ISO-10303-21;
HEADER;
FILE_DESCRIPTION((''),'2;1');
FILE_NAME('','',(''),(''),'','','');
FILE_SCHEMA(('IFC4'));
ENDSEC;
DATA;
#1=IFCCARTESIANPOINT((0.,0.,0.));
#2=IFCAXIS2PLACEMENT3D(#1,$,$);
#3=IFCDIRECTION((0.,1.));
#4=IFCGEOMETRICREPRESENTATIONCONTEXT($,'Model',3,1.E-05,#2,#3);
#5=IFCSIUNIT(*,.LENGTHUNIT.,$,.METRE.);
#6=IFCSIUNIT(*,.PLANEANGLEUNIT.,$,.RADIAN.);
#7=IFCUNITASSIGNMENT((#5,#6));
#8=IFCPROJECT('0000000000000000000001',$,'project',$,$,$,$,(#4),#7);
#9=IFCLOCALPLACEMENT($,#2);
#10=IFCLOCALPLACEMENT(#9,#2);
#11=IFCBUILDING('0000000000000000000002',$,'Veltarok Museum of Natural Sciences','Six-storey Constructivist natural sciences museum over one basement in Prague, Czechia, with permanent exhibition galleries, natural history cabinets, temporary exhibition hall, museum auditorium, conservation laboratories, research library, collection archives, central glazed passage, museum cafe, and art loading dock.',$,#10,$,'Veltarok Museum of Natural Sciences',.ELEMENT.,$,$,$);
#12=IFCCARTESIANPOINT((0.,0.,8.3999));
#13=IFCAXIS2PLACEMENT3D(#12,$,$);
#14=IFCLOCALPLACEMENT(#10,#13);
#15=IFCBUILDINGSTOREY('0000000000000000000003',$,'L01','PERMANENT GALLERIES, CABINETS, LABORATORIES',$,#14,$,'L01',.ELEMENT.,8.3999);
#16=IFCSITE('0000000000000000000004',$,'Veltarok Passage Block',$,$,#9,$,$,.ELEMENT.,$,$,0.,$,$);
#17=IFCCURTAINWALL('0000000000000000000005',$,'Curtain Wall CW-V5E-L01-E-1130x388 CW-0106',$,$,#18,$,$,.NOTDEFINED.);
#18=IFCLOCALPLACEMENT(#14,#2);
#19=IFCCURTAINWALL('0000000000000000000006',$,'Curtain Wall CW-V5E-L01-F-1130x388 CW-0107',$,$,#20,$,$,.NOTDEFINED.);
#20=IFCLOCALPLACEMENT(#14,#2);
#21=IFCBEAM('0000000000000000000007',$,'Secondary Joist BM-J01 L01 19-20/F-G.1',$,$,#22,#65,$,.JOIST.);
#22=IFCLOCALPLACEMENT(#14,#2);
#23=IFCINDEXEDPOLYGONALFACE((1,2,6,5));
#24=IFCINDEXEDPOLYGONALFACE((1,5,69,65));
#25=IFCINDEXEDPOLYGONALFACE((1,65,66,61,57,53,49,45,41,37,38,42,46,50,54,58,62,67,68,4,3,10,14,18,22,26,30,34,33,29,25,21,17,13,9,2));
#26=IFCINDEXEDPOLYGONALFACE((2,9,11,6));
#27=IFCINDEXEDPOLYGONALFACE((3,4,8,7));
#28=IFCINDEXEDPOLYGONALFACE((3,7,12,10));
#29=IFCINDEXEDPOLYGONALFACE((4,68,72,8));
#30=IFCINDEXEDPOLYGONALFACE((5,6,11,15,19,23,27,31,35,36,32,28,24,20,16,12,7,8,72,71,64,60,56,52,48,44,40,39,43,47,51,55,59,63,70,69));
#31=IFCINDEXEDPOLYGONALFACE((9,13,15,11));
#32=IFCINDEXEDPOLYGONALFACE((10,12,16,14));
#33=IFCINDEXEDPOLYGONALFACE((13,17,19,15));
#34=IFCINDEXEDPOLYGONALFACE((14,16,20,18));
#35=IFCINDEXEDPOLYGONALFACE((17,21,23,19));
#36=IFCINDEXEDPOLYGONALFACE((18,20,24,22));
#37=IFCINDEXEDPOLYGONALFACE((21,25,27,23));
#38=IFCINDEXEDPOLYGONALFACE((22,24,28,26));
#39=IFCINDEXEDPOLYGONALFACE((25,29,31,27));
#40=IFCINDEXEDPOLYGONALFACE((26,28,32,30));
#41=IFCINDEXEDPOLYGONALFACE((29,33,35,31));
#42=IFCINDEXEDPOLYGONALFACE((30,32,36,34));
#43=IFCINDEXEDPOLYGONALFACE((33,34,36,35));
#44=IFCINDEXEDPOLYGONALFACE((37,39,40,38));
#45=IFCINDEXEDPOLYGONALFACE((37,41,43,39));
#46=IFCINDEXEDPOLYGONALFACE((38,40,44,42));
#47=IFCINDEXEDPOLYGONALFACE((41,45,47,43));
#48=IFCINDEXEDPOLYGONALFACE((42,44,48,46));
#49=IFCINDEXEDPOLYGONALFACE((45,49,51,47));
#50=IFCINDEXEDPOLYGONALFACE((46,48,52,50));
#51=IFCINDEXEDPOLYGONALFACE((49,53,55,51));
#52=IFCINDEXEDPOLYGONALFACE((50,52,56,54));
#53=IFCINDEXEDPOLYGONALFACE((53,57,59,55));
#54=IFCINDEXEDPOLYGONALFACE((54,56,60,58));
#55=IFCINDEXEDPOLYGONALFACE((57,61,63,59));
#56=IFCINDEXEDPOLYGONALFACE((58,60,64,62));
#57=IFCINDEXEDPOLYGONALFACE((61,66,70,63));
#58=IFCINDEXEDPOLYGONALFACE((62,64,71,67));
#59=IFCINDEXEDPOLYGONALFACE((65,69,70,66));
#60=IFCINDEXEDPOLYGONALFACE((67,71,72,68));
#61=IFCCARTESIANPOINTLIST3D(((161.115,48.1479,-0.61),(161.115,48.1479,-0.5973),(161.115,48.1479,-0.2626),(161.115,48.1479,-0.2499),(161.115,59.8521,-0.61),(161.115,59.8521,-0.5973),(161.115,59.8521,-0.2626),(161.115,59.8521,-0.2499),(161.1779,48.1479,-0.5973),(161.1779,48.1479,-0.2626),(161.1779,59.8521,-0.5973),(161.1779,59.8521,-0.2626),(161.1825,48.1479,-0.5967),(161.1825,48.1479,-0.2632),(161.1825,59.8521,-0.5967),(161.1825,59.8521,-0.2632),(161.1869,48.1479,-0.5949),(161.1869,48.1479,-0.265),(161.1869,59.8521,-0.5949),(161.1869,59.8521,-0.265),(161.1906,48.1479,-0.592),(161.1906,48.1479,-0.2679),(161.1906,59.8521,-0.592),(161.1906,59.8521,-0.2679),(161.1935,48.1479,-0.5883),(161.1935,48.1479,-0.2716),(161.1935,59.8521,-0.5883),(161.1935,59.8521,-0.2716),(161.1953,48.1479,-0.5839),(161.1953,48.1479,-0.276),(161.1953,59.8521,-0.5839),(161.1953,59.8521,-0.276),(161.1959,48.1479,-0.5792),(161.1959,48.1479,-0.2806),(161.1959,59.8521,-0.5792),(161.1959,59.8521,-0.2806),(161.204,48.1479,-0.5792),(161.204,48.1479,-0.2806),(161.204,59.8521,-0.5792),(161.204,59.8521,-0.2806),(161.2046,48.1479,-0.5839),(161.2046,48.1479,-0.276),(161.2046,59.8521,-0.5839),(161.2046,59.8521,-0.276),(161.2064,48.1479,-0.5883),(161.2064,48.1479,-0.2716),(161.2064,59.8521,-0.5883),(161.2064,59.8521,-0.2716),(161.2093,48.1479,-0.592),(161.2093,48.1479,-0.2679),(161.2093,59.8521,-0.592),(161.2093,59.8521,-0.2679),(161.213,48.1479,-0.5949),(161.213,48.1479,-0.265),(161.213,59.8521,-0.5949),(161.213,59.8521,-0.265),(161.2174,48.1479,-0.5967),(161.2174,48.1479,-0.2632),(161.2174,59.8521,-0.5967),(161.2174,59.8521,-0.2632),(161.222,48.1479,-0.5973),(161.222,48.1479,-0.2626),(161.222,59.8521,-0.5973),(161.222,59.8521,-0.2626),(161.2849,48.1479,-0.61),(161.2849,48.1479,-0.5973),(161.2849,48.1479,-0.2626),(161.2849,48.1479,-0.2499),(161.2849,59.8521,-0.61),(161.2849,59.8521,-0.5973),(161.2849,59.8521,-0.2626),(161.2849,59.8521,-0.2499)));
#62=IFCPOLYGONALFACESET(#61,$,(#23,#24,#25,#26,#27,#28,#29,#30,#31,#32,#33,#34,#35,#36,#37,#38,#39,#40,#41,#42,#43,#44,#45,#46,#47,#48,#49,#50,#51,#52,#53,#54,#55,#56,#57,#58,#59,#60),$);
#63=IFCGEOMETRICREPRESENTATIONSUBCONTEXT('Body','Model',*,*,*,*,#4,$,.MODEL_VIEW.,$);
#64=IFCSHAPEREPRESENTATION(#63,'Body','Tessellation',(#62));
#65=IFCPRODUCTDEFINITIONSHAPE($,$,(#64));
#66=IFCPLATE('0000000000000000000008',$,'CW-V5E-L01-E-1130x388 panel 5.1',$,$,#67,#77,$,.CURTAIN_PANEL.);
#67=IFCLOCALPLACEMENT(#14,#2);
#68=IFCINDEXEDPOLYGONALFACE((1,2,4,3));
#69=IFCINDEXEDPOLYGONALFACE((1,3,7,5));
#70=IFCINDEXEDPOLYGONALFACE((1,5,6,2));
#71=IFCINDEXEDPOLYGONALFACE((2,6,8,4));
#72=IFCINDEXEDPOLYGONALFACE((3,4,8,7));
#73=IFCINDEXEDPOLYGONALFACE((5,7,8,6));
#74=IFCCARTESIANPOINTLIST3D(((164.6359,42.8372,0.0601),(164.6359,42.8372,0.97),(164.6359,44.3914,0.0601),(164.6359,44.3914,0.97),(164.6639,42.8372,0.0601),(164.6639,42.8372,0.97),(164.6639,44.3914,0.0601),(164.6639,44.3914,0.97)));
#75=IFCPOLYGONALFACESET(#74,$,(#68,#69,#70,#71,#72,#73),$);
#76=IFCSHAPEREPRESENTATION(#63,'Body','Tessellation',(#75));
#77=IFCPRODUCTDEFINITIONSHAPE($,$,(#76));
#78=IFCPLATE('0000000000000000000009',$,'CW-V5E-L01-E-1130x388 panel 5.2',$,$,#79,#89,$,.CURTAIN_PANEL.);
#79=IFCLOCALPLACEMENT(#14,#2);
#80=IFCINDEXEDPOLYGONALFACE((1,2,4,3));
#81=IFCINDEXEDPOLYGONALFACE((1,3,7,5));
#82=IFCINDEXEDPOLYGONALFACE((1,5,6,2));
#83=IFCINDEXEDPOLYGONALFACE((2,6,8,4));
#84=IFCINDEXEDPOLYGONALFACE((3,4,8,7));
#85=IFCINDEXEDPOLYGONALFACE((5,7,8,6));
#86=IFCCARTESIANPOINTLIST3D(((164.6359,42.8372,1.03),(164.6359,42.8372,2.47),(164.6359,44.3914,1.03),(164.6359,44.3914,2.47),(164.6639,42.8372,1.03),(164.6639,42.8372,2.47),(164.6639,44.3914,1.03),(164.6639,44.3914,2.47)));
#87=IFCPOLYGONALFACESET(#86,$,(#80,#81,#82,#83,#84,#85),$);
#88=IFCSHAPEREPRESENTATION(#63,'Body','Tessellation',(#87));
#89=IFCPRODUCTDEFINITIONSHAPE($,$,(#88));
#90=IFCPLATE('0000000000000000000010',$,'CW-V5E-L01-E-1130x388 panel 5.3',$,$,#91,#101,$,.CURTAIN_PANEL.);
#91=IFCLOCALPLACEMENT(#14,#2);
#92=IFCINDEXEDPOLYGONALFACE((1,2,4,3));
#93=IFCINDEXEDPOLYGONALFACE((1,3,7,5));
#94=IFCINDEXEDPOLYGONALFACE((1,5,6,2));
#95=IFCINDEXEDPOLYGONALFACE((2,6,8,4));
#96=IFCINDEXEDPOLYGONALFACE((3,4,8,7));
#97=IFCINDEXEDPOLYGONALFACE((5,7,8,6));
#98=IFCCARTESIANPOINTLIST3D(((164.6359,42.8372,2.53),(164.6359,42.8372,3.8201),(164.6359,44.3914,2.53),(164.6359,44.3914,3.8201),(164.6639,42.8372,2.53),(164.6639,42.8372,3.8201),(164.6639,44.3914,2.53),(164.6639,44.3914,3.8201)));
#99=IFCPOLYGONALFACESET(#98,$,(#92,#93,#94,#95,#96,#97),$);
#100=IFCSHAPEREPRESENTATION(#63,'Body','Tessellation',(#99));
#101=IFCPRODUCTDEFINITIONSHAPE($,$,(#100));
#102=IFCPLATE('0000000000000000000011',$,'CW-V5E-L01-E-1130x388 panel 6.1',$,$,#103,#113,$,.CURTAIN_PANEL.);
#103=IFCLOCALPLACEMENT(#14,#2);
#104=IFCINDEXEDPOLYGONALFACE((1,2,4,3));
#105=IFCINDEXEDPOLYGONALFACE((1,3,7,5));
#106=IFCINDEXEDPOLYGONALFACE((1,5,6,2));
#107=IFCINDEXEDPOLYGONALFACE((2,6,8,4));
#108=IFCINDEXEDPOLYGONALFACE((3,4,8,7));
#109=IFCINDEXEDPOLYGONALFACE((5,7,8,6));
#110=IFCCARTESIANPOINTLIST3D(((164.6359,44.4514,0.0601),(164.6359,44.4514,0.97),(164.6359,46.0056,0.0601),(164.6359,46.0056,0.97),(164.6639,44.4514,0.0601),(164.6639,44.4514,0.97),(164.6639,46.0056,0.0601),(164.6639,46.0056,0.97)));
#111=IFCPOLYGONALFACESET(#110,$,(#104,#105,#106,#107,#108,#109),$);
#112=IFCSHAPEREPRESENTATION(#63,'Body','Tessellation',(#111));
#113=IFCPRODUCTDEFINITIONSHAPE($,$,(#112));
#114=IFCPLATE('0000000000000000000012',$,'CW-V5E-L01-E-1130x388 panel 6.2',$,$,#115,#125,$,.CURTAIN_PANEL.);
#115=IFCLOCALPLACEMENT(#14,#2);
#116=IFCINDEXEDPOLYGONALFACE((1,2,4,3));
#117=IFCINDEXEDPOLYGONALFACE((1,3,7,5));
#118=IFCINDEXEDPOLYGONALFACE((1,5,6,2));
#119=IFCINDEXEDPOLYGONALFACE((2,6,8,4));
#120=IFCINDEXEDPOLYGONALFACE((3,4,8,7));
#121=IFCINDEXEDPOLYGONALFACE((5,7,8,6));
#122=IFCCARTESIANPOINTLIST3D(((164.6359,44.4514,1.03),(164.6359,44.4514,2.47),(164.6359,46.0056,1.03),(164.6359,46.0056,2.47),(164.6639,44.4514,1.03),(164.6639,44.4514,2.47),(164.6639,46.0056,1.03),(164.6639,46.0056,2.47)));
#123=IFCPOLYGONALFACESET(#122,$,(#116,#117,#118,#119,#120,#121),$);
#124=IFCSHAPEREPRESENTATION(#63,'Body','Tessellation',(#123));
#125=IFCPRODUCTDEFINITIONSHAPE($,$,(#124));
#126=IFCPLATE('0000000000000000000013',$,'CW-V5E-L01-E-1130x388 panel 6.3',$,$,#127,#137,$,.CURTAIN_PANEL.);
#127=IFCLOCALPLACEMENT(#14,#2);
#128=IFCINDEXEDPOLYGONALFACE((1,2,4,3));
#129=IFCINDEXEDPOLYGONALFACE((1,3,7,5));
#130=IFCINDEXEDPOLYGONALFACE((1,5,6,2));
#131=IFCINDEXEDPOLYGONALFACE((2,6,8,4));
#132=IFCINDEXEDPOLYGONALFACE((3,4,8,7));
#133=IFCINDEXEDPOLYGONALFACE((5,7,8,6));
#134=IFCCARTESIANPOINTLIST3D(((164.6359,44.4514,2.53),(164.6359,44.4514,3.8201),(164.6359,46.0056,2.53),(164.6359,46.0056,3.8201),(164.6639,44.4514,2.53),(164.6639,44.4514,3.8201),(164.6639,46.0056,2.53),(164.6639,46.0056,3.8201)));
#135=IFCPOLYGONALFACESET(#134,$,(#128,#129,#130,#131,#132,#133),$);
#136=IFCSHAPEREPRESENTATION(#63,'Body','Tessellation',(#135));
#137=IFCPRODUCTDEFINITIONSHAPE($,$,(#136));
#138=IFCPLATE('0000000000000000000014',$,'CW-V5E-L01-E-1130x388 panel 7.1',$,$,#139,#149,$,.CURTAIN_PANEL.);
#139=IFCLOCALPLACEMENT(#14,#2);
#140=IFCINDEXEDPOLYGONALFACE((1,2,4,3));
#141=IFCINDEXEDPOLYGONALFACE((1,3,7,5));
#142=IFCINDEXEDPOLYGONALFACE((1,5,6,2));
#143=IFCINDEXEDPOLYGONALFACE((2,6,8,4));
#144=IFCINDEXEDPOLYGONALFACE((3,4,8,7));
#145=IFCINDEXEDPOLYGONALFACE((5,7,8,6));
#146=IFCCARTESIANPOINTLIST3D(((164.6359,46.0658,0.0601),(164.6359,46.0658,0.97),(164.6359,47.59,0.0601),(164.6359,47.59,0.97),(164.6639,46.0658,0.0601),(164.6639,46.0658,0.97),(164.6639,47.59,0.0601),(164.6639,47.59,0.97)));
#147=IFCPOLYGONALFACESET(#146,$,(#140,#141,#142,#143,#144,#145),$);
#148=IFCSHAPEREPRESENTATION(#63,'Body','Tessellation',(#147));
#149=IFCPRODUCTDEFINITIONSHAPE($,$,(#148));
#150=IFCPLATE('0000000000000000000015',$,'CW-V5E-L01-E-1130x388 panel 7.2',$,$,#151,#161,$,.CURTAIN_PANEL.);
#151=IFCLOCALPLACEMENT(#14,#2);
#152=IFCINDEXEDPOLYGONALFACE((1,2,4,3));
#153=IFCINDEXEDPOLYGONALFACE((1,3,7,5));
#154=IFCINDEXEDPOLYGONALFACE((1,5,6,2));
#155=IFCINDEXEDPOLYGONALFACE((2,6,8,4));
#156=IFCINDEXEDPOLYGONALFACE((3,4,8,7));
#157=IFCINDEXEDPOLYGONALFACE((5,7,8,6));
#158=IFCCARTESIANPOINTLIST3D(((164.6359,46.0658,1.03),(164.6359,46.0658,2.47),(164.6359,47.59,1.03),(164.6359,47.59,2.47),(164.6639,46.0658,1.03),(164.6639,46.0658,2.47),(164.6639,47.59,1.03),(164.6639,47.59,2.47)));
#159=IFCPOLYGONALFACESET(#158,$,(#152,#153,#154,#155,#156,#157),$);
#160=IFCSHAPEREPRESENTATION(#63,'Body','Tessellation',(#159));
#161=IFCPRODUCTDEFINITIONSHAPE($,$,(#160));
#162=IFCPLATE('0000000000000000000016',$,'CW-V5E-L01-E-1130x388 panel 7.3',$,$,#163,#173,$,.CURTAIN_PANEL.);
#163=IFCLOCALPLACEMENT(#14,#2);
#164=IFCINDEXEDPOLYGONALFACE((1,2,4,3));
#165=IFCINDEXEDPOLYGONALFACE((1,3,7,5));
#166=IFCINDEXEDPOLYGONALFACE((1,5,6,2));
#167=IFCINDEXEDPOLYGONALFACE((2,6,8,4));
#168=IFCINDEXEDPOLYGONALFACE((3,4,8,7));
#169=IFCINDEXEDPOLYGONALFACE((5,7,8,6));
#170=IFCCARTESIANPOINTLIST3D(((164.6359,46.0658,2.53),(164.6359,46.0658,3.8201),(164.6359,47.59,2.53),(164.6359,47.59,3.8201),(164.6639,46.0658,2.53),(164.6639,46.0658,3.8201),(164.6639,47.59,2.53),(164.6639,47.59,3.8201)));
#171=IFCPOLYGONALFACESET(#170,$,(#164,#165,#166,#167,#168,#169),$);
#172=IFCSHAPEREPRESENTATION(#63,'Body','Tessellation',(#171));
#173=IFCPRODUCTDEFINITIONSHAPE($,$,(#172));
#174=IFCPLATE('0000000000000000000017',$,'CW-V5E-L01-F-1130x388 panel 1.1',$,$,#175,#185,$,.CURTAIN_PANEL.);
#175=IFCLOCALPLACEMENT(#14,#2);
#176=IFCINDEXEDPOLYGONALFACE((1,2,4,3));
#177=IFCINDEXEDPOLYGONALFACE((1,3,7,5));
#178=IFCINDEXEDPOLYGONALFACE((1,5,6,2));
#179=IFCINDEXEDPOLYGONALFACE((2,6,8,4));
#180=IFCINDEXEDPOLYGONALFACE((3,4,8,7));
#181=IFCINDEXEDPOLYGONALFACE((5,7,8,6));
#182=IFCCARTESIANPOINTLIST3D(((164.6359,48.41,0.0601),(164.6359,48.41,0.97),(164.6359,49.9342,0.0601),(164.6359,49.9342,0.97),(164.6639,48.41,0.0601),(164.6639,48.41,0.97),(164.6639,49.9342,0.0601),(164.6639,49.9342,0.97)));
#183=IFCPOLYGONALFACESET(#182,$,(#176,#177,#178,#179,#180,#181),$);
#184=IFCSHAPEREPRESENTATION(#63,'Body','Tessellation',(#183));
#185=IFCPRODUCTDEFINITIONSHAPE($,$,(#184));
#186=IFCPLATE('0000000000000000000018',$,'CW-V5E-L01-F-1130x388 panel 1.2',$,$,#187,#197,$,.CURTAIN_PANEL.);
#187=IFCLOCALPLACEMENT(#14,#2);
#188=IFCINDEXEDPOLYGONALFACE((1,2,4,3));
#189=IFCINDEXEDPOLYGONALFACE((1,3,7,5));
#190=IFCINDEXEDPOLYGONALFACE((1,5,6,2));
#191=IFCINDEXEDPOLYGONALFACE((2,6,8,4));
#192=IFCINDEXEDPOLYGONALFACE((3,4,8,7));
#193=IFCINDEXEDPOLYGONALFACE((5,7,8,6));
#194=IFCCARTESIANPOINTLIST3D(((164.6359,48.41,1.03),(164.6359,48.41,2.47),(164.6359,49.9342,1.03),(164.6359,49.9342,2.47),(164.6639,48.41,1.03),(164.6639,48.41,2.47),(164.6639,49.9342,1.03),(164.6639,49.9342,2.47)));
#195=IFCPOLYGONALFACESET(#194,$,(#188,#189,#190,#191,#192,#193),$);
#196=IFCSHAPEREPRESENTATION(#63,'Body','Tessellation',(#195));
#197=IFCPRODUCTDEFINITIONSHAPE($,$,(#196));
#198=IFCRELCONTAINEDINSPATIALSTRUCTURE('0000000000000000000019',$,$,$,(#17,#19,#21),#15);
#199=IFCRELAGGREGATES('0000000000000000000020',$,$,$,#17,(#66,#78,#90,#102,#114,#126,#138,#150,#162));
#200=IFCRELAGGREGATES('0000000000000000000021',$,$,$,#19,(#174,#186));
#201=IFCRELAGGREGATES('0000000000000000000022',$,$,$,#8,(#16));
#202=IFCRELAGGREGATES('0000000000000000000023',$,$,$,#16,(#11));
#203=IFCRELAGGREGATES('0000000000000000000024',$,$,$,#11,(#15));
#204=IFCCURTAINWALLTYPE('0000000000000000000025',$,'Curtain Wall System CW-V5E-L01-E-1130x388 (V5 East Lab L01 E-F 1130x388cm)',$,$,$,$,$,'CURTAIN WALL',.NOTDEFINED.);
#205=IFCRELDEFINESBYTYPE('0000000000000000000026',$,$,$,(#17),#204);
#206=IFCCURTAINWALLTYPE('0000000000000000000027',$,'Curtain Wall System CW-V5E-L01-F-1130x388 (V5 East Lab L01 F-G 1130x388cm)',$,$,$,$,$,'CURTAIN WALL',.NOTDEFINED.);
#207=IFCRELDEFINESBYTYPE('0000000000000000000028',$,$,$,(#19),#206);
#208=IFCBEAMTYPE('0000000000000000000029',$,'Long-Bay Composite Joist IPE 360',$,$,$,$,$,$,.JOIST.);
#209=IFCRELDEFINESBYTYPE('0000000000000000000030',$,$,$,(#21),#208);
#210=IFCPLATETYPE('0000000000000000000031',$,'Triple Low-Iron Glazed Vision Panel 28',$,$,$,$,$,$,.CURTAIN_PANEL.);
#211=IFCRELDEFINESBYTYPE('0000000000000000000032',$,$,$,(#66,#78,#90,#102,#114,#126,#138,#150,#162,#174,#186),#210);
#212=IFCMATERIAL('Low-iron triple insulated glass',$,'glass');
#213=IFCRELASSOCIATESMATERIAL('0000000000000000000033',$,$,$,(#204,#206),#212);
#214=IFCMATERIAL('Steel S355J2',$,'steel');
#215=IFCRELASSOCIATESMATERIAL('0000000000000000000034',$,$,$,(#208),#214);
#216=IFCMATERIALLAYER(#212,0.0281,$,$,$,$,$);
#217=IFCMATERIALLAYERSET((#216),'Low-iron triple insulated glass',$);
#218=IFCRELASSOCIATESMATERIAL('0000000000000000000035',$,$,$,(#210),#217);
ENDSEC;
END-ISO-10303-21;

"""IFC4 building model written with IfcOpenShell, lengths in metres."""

from ifc_helpers import new_model, si_unit, direction, frame, origin, origin_2d, place, context, subcontext, project, spatial, rectangle, i_section, extrude, material, layer, layer_set, material_profile, profile_set, type_object, element, aggregate, save


model = new_model("IFC4")

# Units and contexts
model_context = context("Model", 3, precision=1e-05, world=origin(), true_north=direction((0.0, 1.0)))
body_context = subcontext(model_context, "Body", "Model", "MODEL_VIEW")
ifc_project = project(units=[si_unit("LENGTHUNIT", "METRE"), si_unit("PLANEANGLEUNIT", "RADIAN")], contexts=[model_context])

# Site, building, storey
site_placement = place(None, origin())
site = spatial("IfcSite", under=ifc_project, at=site_placement, Name="Veltarok Passage Block", CompositionType="ELEMENT", RefElevation=0.0)
building_placement = place(site_placement, origin())
building = spatial("IfcBuilding", under=site, at=building_placement, Name="Veltarok Museum of Natural Sciences", Description="Six-storey Constructivist natural sciences museum over one basement in Prague, Czechia, with permanent exhibition galleries, natural history cabinets, temporary exhibition hall, museum auditorium, conservation laboratories, research library, collection archives, central glazed passage, museum cafe, and art loading dock.", LongName="Veltarok Museum of Natural Sciences", CompositionType="ELEMENT")
storey_placement = place(building_placement, frame((0.0, 0.0, 8.3999)))
storey = spatial("IfcBuildingStorey", under=building, at=storey_placement, Name="L01", Description="PERMANENT GALLERIES, CABINETS, LABORATORIES", LongName="L01", CompositionType="ELEMENT", Elevation=8.3999)

# Shared definitions
ifc_material_1 = material(Name="Steel S355J2", Category="steel")

# Curtain walls
ifc_material_2 = material(Name="Low-iron triple insulated glass", Category="glass")
curtain_wall_type_1 = type_object("IfcCurtainWallType", Name="Curtain Wall System CW-V5E-L01-E-1130x388 (V5 East Lab L01 E-F 1130x388cm)", ElementType="CURTAIN WALL", PredefinedType="NOTDEFINED", material=ifc_material_2)
curtain_wall_1_placement = place(storey_placement, origin())
curtain_wall_1 = element("IfcCurtainWall", 1, at=curtain_wall_1_placement, inside=storey, type_object=curtain_wall_type_1, Name="Curtain Wall CW-V5E-L01-E-1130x388 CW-0106", PredefinedType="NOTDEFINED")
curtain_wall_type_2 = type_object("IfcCurtainWallType", Name="Curtain Wall System CW-V5E-L01-F-1130x388 (V5 East Lab L01 F-G 1130x388cm)", ElementType="CURTAIN WALL", PredefinedType="NOTDEFINED", material=ifc_material_2)
curtain_wall_2_placement = place(storey_placement, origin())
curtain_wall_2 = element("IfcCurtainWall", 2, at=curtain_wall_2_placement, inside=storey, type_object=curtain_wall_type_2, Name="Curtain Wall CW-V5E-L01-F-1130x388 CW-0107", PredefinedType="NOTDEFINED")

# Beam
ifc_material_profile_1 = material_profile(ifc_material_1, i_section(OverallWidth=0.1699, OverallDepth=0.3601, WebThickness=0.0081, FlangeThickness=0.0127, FilletRadius=0.0181, at=origin_2d()), Name="IPE 360")
ifc_profile_set_1 = profile_set([ifc_material_profile_1], Name="Steel S355J2")
beam_type_1 = type_object("IfcBeamType", Name="Long-Bay Composite Joist IPE 360", PredefinedType="JOIST", material=ifc_profile_set_1)
beam_1_placement = place(storey_placement, frame((161.2, 48.1479, -0.4299), z_axis=(0.0, 1.0, 0.0), x_axis=(-1.0, 0.0, 0.0)))
element("IfcBeam", 3, at=beam_1_placement, inside=storey, type_object=beam_type_1, Name="Secondary Joist BM-J01 L01 19-20/F-G.1", PredefinedType="JOIST", context=body_context, shape_type="SweptSolid", body=[
    extrude(i_section(OverallWidth=0.1699, OverallDepth=0.3601, WebThickness=0.0081, FlangeThickness=0.0127, FilletRadius=0.0181, at=origin_2d()), origin(), (0.0, 0.0, 1.0), 11.7041),
])

# Plates
ifc_layer = layer(ifc_material_2, 0.0281)
ifc_layer_set = layer_set([ifc_layer], Name="Low-iron triple insulated glass")
plate_type = type_object("IfcPlateType", Name="Triple Low-Iron Glazed Vision Panel 28", PredefinedType="CURTAIN_PANEL", material=ifc_layer_set)
plate_1_placement = place(storey_placement, frame((164.6499, 43.6143, 0.0601), z_axis=(0.0, 0.0, 1.0), x_axis=(0.0, 1.0, 0.0)))
plate_1 = element("IfcPlate", 4, at=plate_1_placement, type_object=plate_type, Name="CW-V5E-L01-E-1130x388 panel 5.1", PredefinedType="CURTAIN_PANEL", context=body_context, shape_type="SweptSolid", body=[
    extrude(rectangle(XDim=1.5542, YDim=0.0281, at=origin_2d()), origin(), (0.0, 0.0, 1.0), 0.9099),
])
plate_2_placement = place(storey_placement, frame((164.6499, 43.6143, 1.03), z_axis=(0.0, 0.0, 1.0), x_axis=(0.0, 1.0, 0.0)))
plate_2 = element("IfcPlate", 5, at=plate_2_placement, type_object=plate_type, Name="CW-V5E-L01-E-1130x388 panel 5.2", PredefinedType="CURTAIN_PANEL", context=body_context, shape_type="SweptSolid", body=[
    extrude(rectangle(XDim=1.5542, YDim=0.0281, at=origin_2d()), origin(), (0.0, 0.0, 1.0), 1.4399),
])
plate_3_placement = place(storey_placement, frame((164.6499, 43.6143, 2.53), z_axis=(0.0, 0.0, 1.0), x_axis=(0.0, 1.0, 0.0)))
plate_3 = element("IfcPlate", 6, at=plate_3_placement, type_object=plate_type, Name="CW-V5E-L01-E-1130x388 panel 5.3", PredefinedType="CURTAIN_PANEL", context=body_context, shape_type="SweptSolid", body=[
    extrude(rectangle(XDim=1.5542, YDim=0.0281, at=origin_2d()), origin(), (0.0, 0.0, 1.0), 1.29),
])
plate_4_placement = place(storey_placement, frame((164.6499, 45.2285, 0.0601), z_axis=(0.0, 0.0, 1.0), x_axis=(0.0, 1.0, 0.0)))
plate_4 = element("IfcPlate", 7, at=plate_4_placement, type_object=plate_type, Name="CW-V5E-L01-E-1130x388 panel 6.1", PredefinedType="CURTAIN_PANEL", context=body_context, shape_type="SweptSolid", body=[
    extrude(rectangle(XDim=1.5542, YDim=0.0281, at=origin_2d()), origin(), (0.0, 0.0, 1.0), 0.9099),
])
plate_5_placement = place(storey_placement, frame((164.6499, 45.2285, 1.03), z_axis=(0.0, 0.0, 1.0), x_axis=(0.0, 1.0, 0.0)))
plate_5 = element("IfcPlate", 8, at=plate_5_placement, type_object=plate_type, Name="CW-V5E-L01-E-1130x388 panel 6.2", PredefinedType="CURTAIN_PANEL", context=body_context, shape_type="SweptSolid", body=[
    extrude(rectangle(XDim=1.5542, YDim=0.0281, at=origin_2d()), origin(), (0.0, 0.0, 1.0), 1.4399),
])
plate_6_placement = place(storey_placement, frame((164.6499, 45.2285, 2.53), z_axis=(0.0, 0.0, 1.0), x_axis=(0.0, 1.0, 0.0)))
plate_6 = element("IfcPlate", 9, at=plate_6_placement, type_object=plate_type, Name="CW-V5E-L01-E-1130x388 panel 6.3", PredefinedType="CURTAIN_PANEL", context=body_context, shape_type="SweptSolid", body=[
    extrude(rectangle(XDim=1.5542, YDim=0.0281, at=origin_2d()), origin(), (0.0, 0.0, 1.0), 1.29),
])
plate_7_placement = place(storey_placement, frame((164.6499, 46.8279, 0.0601), z_axis=(0.0, 0.0, 1.0), x_axis=(0.0, 1.0, 0.0)))
plate_7 = element("IfcPlate", 10, at=plate_7_placement, type_object=plate_type, Name="CW-V5E-L01-E-1130x388 panel 7.1", PredefinedType="CURTAIN_PANEL", context=body_context, shape_type="SweptSolid", body=[
    extrude(rectangle(XDim=1.5242, YDim=0.0281, at=origin_2d()), origin(), (0.0, 0.0, 1.0), 0.9099),
])
plate_8_placement = place(storey_placement, frame((164.6499, 46.8279, 1.03), z_axis=(0.0, 0.0, 1.0), x_axis=(0.0, 1.0, 0.0)))
plate_8 = element("IfcPlate", 11, at=plate_8_placement, type_object=plate_type, Name="CW-V5E-L01-E-1130x388 panel 7.2", PredefinedType="CURTAIN_PANEL", context=body_context, shape_type="SweptSolid", body=[
    extrude(rectangle(XDim=1.5242, YDim=0.0281, at=origin_2d()), origin(), (0.0, 0.0, 1.0), 1.4399),
])
plate_9_placement = place(storey_placement, frame((164.6499, 46.8279, 2.53), z_axis=(0.0, 0.0, 1.0), x_axis=(0.0, 1.0, 0.0)))
plate_9 = element("IfcPlate", 12, at=plate_9_placement, type_object=plate_type, Name="CW-V5E-L01-E-1130x388 panel 7.3", PredefinedType="CURTAIN_PANEL", context=body_context, shape_type="SweptSolid", body=[
    extrude(rectangle(XDim=1.5242, YDim=0.0281, at=origin_2d()), origin(), (0.0, 0.0, 1.0), 1.29),
])
aggregate(curtain_wall_1, [plate_1, plate_2, plate_3, plate_4, plate_5, plate_6, plate_7, plate_8, plate_9])
plate_10_placement = place(storey_placement, frame((164.6499, 49.1721, 0.0601), z_axis=(0.0, 0.0, 1.0), x_axis=(0.0, 1.0, 0.0)))
plate_10 = element("IfcPlate", 13, at=plate_10_placement, type_object=plate_type, Name="CW-V5E-L01-F-1130x388 panel 1.1", PredefinedType="CURTAIN_PANEL", context=body_context, shape_type="SweptSolid", body=[
    extrude(rectangle(XDim=1.5242, YDim=0.0281, at=origin_2d()), origin(), (0.0, 0.0, 1.0), 0.9099),
])
plate_11_placement = place(storey_placement, frame((164.6499, 49.1721, 1.03), z_axis=(0.0, 0.0, 1.0), x_axis=(0.0, 1.0, 0.0)))
plate_11 = element("IfcPlate", 14, at=plate_11_placement, type_object=plate_type, Name="CW-V5E-L01-F-1130x388 panel 1.2", PredefinedType="CURTAIN_PANEL", context=body_context, shape_type="SweptSolid", body=[
    extrude(rectangle(XDim=1.5242, YDim=0.0281, at=origin_2d()), origin(), (0.0, 0.0, 1.0), 1.4399),
])
aggregate(curtain_wall_2, [plate_10, plate_11])

save(model, "model.ifc")
